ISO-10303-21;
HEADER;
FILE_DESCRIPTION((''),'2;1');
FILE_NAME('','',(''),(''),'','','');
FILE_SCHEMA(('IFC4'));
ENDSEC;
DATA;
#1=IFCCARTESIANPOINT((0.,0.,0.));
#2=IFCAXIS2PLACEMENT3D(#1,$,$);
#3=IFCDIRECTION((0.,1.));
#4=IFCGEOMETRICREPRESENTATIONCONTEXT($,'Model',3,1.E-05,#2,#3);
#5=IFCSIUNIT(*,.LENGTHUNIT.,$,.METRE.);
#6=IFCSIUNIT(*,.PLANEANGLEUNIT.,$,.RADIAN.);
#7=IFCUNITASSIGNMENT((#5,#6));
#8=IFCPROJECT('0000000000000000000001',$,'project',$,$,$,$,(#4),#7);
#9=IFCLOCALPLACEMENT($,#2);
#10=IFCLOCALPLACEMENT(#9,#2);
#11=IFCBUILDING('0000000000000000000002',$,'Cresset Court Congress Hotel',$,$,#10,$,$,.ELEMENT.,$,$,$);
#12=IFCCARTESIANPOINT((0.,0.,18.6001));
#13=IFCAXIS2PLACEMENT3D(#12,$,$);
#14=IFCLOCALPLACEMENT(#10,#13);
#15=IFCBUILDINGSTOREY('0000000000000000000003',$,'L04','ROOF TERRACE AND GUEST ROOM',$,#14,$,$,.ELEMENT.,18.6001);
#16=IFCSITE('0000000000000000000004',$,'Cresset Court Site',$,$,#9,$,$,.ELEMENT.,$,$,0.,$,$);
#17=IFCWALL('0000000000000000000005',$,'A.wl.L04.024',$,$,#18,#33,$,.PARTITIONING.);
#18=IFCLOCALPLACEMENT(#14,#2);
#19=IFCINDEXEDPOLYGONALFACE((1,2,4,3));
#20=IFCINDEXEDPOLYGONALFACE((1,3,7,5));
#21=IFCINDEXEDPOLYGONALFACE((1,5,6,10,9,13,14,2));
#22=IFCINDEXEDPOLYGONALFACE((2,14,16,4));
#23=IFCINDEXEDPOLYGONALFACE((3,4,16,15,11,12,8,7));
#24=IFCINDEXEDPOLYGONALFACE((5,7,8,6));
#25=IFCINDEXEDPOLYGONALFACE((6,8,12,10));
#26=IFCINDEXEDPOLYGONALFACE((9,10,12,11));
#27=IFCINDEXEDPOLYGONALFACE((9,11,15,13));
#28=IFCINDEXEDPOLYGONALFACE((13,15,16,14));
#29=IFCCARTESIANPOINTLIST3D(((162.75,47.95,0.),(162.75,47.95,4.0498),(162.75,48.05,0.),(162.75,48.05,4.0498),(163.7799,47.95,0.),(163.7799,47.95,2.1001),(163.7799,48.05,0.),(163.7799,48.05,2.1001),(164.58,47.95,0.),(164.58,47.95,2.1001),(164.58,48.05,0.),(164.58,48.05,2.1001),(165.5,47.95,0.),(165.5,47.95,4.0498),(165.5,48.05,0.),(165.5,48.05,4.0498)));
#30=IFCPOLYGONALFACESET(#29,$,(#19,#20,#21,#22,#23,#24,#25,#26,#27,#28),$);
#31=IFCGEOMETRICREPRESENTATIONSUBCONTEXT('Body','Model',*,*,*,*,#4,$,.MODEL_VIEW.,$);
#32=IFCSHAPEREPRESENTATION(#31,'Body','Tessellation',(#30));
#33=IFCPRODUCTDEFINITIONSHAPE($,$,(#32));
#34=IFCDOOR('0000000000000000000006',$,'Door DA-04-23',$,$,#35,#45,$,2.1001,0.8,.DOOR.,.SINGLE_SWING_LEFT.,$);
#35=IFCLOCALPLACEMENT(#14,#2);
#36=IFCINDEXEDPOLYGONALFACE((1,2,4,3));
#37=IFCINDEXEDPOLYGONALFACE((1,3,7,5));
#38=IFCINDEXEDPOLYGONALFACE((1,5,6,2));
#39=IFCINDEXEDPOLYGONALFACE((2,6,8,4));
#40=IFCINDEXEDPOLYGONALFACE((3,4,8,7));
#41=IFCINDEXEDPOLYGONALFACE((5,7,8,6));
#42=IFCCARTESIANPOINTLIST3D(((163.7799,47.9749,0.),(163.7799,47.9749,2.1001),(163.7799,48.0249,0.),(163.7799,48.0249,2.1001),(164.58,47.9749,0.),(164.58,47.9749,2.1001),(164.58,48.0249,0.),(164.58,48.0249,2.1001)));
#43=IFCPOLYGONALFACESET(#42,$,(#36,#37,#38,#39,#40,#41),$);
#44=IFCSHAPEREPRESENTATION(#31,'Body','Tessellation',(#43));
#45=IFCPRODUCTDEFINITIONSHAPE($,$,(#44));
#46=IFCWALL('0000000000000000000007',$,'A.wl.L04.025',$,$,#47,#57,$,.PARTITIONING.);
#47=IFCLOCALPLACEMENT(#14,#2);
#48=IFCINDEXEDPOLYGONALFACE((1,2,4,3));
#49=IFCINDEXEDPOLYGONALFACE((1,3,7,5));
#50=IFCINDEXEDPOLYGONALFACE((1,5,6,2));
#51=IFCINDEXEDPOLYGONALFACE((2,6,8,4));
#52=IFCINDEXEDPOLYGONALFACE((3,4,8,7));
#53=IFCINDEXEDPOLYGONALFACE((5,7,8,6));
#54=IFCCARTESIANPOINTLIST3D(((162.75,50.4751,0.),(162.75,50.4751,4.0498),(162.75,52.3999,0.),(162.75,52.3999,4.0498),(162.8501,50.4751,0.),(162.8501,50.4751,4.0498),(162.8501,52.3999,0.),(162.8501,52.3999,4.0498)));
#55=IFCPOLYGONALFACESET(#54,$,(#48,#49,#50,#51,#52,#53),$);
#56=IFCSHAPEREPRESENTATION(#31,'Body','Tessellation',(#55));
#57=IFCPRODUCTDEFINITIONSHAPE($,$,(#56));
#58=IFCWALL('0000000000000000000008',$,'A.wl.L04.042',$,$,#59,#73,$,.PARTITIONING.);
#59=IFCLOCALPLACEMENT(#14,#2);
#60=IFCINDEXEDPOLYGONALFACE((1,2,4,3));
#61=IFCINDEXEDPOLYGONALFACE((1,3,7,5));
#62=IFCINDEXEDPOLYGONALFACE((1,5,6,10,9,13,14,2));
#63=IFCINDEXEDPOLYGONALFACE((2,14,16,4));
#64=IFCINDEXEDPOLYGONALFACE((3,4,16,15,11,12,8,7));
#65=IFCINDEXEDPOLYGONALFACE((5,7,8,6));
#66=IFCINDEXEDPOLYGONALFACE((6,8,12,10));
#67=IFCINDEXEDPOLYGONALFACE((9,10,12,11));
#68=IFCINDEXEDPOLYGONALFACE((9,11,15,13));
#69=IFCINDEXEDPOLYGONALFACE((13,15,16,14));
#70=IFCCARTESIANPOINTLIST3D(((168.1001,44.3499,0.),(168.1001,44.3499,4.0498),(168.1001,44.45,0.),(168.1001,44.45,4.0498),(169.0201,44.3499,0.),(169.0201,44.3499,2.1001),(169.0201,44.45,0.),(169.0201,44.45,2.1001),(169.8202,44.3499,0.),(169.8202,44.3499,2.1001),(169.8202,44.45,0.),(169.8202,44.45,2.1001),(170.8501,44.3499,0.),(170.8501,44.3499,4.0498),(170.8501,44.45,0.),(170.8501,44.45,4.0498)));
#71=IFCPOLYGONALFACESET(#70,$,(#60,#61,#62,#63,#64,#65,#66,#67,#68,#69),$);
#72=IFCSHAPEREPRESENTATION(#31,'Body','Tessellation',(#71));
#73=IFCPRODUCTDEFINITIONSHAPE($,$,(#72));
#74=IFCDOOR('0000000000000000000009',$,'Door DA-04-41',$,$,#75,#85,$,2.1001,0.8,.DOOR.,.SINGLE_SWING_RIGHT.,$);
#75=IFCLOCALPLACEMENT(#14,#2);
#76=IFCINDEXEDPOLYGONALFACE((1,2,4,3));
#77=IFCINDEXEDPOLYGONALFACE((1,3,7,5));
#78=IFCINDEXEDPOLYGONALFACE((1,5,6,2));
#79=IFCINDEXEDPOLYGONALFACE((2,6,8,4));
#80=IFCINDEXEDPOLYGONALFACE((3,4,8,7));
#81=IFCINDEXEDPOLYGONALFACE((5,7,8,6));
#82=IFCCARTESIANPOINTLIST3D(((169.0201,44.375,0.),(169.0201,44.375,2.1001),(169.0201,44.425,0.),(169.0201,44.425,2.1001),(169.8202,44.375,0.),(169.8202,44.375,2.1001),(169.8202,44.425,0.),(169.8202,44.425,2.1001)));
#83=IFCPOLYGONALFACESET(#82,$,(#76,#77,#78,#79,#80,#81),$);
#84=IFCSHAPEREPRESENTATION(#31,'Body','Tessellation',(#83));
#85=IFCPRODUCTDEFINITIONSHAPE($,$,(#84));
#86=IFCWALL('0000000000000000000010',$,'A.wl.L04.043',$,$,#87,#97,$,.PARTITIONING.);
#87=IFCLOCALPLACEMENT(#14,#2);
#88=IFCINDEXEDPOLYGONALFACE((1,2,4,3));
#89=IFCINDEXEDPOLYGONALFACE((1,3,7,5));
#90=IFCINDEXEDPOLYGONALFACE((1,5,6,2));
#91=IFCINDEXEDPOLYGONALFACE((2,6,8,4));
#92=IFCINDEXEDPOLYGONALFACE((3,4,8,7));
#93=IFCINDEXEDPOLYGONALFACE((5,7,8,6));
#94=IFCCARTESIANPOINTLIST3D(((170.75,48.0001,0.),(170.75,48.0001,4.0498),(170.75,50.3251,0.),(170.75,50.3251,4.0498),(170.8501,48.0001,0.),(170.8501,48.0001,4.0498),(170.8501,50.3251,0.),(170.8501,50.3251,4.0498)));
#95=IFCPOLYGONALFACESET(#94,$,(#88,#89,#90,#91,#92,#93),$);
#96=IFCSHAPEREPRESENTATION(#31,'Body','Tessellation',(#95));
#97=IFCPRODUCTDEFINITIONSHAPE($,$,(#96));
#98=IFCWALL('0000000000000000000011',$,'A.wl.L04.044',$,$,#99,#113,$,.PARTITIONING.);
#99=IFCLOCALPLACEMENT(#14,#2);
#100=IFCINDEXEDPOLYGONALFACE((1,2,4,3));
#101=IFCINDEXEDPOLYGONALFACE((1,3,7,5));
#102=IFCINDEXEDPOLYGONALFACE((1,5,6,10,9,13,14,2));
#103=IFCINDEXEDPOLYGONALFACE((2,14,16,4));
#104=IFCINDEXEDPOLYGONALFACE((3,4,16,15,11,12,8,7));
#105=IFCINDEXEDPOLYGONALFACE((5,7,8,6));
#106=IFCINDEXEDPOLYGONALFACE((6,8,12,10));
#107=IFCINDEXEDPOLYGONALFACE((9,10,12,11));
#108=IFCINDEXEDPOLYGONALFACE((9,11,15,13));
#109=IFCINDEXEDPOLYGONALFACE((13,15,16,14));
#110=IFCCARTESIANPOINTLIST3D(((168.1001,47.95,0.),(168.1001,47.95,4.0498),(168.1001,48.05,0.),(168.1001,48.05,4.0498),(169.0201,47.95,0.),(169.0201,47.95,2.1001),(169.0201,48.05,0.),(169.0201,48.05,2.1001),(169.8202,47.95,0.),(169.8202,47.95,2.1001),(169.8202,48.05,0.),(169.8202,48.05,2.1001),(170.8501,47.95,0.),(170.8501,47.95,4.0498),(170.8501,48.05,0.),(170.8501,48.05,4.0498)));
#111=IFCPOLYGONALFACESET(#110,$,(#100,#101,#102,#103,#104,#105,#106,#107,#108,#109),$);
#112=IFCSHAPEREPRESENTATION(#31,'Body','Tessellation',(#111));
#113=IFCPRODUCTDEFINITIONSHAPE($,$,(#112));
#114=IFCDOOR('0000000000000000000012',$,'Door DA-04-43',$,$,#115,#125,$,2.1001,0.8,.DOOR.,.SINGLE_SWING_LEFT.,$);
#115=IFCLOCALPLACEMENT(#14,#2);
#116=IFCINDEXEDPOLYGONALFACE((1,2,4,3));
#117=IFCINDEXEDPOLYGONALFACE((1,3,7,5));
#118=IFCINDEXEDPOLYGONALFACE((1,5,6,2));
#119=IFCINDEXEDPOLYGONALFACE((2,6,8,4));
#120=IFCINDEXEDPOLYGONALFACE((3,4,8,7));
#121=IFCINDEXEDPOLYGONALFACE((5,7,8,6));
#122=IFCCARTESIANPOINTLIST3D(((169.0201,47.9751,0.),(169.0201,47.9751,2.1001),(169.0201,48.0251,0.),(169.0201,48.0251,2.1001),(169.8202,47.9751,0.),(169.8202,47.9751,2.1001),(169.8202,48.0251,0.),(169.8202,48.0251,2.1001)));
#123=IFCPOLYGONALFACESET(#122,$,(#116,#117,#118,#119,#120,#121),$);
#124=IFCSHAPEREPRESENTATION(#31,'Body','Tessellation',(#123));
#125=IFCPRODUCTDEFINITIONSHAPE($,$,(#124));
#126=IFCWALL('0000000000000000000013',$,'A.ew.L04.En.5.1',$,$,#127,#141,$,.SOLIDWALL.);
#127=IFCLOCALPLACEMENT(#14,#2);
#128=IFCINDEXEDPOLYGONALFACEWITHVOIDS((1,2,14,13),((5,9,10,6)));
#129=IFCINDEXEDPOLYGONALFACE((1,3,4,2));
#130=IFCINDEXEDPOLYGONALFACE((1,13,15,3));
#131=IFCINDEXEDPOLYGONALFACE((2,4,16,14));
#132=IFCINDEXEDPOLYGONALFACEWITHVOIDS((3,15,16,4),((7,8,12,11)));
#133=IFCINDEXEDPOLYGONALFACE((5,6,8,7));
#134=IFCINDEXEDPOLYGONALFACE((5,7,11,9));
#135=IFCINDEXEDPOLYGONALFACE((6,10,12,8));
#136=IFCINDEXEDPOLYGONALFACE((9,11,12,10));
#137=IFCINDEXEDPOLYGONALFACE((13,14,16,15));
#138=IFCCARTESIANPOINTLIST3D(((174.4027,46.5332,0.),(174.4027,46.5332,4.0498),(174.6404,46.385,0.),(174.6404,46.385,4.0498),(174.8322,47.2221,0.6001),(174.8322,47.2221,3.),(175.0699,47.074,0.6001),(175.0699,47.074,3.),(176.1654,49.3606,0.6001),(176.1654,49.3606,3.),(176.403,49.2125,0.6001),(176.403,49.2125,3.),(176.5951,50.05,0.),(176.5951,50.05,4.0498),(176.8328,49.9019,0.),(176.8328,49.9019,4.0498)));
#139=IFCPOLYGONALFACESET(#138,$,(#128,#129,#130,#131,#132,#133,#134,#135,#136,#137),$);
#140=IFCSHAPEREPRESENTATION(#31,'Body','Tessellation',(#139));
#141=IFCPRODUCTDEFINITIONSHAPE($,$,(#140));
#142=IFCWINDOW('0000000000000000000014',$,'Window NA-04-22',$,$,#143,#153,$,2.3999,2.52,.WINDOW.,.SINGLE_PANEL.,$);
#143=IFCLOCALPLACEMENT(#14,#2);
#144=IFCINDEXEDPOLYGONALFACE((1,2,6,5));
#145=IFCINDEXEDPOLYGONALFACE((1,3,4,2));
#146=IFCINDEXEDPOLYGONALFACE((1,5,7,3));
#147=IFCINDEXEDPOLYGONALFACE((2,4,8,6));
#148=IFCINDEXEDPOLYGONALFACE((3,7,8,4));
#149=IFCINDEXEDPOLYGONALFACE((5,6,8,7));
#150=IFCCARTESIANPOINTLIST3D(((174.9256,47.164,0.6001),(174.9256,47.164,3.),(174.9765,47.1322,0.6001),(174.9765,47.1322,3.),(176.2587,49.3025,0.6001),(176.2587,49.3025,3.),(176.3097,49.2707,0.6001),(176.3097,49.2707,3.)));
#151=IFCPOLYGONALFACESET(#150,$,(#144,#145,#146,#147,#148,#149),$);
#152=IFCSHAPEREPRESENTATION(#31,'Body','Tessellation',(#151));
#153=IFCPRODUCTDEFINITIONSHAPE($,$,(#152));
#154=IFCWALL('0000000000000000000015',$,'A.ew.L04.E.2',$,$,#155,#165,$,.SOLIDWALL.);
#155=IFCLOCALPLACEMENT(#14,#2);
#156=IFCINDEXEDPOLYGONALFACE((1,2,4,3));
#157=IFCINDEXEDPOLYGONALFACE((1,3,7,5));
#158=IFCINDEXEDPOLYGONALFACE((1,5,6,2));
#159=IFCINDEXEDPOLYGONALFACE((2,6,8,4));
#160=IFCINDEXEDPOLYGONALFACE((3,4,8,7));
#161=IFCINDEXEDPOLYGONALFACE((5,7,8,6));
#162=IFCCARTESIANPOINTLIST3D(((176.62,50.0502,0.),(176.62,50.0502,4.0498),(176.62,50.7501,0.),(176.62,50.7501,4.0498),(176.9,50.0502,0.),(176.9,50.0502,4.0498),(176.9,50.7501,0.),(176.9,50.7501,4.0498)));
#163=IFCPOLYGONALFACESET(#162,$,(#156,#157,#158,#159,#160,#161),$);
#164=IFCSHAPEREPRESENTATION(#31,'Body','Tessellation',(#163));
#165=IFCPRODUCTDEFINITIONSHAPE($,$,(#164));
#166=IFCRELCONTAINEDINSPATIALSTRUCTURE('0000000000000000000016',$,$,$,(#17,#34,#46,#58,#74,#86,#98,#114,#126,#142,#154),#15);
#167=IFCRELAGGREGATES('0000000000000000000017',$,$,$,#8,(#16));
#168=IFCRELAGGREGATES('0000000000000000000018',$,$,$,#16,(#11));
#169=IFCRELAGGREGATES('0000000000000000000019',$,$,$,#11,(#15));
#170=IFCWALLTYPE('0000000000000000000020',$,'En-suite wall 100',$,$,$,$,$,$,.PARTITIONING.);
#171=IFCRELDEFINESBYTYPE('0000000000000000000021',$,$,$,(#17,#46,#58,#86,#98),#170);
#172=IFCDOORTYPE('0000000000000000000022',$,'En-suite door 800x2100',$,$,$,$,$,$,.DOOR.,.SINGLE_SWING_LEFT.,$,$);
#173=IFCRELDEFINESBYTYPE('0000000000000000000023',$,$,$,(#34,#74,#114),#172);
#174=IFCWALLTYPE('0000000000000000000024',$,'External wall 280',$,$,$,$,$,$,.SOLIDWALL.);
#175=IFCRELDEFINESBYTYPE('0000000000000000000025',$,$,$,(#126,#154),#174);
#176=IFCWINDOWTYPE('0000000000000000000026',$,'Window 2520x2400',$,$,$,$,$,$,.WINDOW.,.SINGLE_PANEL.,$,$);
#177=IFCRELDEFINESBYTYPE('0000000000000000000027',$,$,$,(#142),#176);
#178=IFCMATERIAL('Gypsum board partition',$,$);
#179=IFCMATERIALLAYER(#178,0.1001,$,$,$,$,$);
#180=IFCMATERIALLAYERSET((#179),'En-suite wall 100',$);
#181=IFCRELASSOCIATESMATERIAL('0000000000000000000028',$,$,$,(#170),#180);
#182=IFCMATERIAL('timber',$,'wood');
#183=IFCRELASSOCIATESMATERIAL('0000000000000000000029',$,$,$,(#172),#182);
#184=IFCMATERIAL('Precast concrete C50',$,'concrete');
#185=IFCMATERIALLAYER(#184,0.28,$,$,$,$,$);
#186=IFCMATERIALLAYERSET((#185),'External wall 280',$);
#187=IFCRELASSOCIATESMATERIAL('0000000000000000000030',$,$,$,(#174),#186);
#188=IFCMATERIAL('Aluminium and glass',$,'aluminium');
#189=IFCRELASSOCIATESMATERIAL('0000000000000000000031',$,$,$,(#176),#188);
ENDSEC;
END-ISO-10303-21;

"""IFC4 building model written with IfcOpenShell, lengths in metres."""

from ifc_helpers import new_model, si_unit, direction, frame, frame_2d, origin, place, context, subcontext, project, spatial, rectangle, extrude, material, layer, layer_set, type_object, element, fill, save


model = new_model("IFC4")

# Units and contexts
model_context = context("Model", 3, precision=1e-05, world=origin(), true_north=direction((0.0, 1.0)))
body_context = subcontext(model_context, "Body", "Model", "MODEL_VIEW")
ifc_project = project(units=[si_unit("LENGTHUNIT", "METRE"), si_unit("PLANEANGLEUNIT", "RADIAN")], contexts=[model_context])

# Site, building, storey
site_placement = place(None, origin())
site = spatial("IfcSite", under=ifc_project, at=site_placement, Name="Cresset Court Site", CompositionType="ELEMENT", RefElevation=0.0)
building_placement = place(site_placement, origin())
building = spatial("IfcBuilding", under=site, at=building_placement, Name="Cresset Court Congress Hotel", CompositionType="ELEMENT")
storey_placement = place(building_placement, frame((0.0, 0.0, 18.6001)))
storey = spatial("IfcBuildingStorey", under=building, at=storey_placement, Name="L04", Description="ROOF TERRACE AND GUEST ROOM", CompositionType="ELEMENT", Elevation=18.6001)

# Shared definitions
ifc_material_1 = material(Name="Gypsum board partition")
ifc_layer_1 = layer(ifc_material_1, 0.1001)
ifc_layer_set_1 = layer_set([ifc_layer_1], Name="En-suite wall 100")
wall_type_1 = type_object("IfcWallType", Name="En-suite wall 100", PredefinedType="PARTITIONING", material=ifc_layer_set_1)
ifc_material_2 = material(Name="timber", Category="wood")
door_type = type_object("IfcDoorType", Name="En-suite door 800x2100", OperationType="SINGLE_SWING_LEFT", PredefinedType="DOOR", material=ifc_material_2)

# Wall, opening, door
wall_1_placement = place(storey_placement, frame((162.75, 48.0, 0.0), z_axis=(0.0, 0.0, 1.0), x_axis=(1.0, 0.0, 0.0)))
wall_1 = element("IfcWall", 1, at=wall_1_placement, inside=storey, type_object=wall_type_1, Name="A.wl.L04.024", PredefinedType="PARTITIONING", context=body_context, shape_type="SweptSolid", body=[
    extrude(rectangle(XDim=2.75, YDim=0.1001, at=frame_2d((1.375, 0.0))), origin(), (0.0, 0.0, 1.0), 4.0498),
])
opening_1_placement = place(wall_1_placement, frame((1.03, 0.0, 0.0)))
opening_1 = element("IfcOpeningElement", 2, at=opening_1_placement, cuts=wall_1, PredefinedType="OPENING", context=body_context, shape_type="SweptSolid", body=[
    extrude(rectangle(XDim=0.8, YDim=2.1001, at=frame_2d((0.3999, 1.05))), frame((0.0, 0.0601, 0.0), z_axis=(0.0, -1.0, 0.0), x_axis=(1.0, 0.0, 0.0)), (0.0, 0.0, 1.0), 0.1201),
])
door_1_placement = place(opening_1_placement, origin())
door_1 = element("IfcDoor", 3, at=door_1_placement, inside=storey, type_object=door_type, Name="Door DA-04-23", OperationType="SINGLE_SWING_LEFT", OverallHeight=2.1001, OverallWidth=0.8, PredefinedType="DOOR", context=body_context, shape_type="SweptSolid", body=[
    extrude(rectangle(XDim=0.8, YDim=2.1001, at=frame_2d((0.3999, 1.05))), frame((0.0, 0.0249, 0.0), z_axis=(0.0, -1.0, 0.0), x_axis=(1.0, 0.0, 0.0)), (0.0, 0.0, 1.0), 0.05),
])
fill(opening_1, door_1)

# Wall
wall_2_placement = place(storey_placement, frame((162.8, 50.4751, 0.0), z_axis=(0.0, 0.0, 1.0), x_axis=(0.0, 1.0, 0.0)))
element("IfcWall", 4, at=wall_2_placement, inside=storey, type_object=wall_type_1, Name="A.wl.L04.025", PredefinedType="PARTITIONING", context=body_context, shape_type="SweptSolid", body=[
    extrude(rectangle(XDim=1.9248, YDim=0.1001, at=frame_2d((0.9624, 0.0))), origin(), (0.0, 0.0, 1.0), 4.0498),
])

# Wall, opening, door
wall_3_placement = place(storey_placement, frame((170.8501, 44.3999, 0.0), z_axis=(0.0, 0.0, 1.0), x_axis=(-1.0, 0.0, 0.0)))
wall_3 = element("IfcWall", 5, at=wall_3_placement, inside=storey, type_object=wall_type_1, Name="A.wl.L04.042", PredefinedType="PARTITIONING", context=body_context, shape_type="SweptSolid", body=[
    extrude(rectangle(XDim=2.75, YDim=0.1001, at=frame_2d((1.375, 0.0))), origin(), (0.0, 0.0, 1.0), 4.0498),
])
opening_2_placement = place(wall_3_placement, frame((1.03, 0.0, 0.0)))
opening_2 = element("IfcOpeningElement", 6, at=opening_2_placement, cuts=wall_3, PredefinedType="OPENING", context=body_context, shape_type="SweptSolid", body=[
    extrude(rectangle(XDim=0.8, YDim=2.1001, at=frame_2d((0.3999, 1.05))), frame((0.0, 0.0601, 0.0), z_axis=(0.0, -1.0, 0.0), x_axis=(1.0, 0.0, 0.0)), (0.0, 0.0, 1.0), 0.1201),
])
door_2_placement = place(opening_2_placement, origin())
door_2 = element("IfcDoor", 7, at=door_2_placement, inside=storey, type_object=door_type, Name="Door DA-04-41", OperationType="SINGLE_SWING_RIGHT", OverallHeight=2.1001, OverallWidth=0.8, PredefinedType="DOOR", context=body_context, shape_type="SweptSolid", body=[
    extrude(rectangle(XDim=0.8, YDim=2.1001, at=frame_2d((0.3999, 1.05))), frame((0.0, 0.0249, 0.0), z_axis=(0.0, -1.0, 0.0), x_axis=(1.0, 0.0, 0.0)), (0.0, 0.0, 1.0), 0.05),
])
fill(opening_2, door_2)

# Wall
wall_4_placement = place(storey_placement, frame((170.8, 48.0, 0.0), z_axis=(0.0, 0.0, 1.0), x_axis=(0.0, 1.0, 0.0)))
element("IfcWall", 8, at=wall_4_placement, inside=storey, type_object=wall_type_1, Name="A.wl.L04.043", PredefinedType="PARTITIONING", context=body_context, shape_type="SweptSolid", body=[
    extrude(rectangle(XDim=2.325, YDim=0.1001, at=frame_2d((1.1626, 0.0))), origin(), (0.0, 0.0, 1.0), 4.0498),
])

# Wall, opening, door
wall_5_placement = place(storey_placement, frame((170.8501, 48.0, 0.0), z_axis=(0.0, 0.0, 1.0), x_axis=(-1.0, 0.0, 0.0)))
wall_5 = element("IfcWall", 9, at=wall_5_placement, inside=storey, type_object=wall_type_1, Name="A.wl.L04.044", PredefinedType="PARTITIONING", context=body_context, shape_type="SweptSolid", body=[
    extrude(rectangle(XDim=2.75, YDim=0.1001, at=frame_2d((1.375, 0.0))), origin(), (0.0, 0.0, 1.0), 4.0498),
])
opening_3_placement = place(wall_5_placement, frame((1.03, 0.0, 0.0)))
opening_3 = element("IfcOpeningElement", 10, at=opening_3_placement, cuts=wall_5, PredefinedType="OPENING", context=body_context, shape_type="SweptSolid", body=[
    extrude(rectangle(XDim=0.8, YDim=2.1001, at=frame_2d((0.3999, 1.05))), frame((0.0, 0.0601, 0.0), z_axis=(0.0, -1.0, 0.0), x_axis=(1.0, 0.0, 0.0)), (0.0, 0.0, 1.0), 0.1201),
])
door_3_placement = place(opening_3_placement, origin())
door_3 = element("IfcDoor", 11, at=door_3_placement, inside=storey, type_object=door_type, Name="Door DA-04-43", OperationType="SINGLE_SWING_LEFT", OverallHeight=2.1001, OverallWidth=0.8, PredefinedType="DOOR", context=body_context, shape_type="SweptSolid", body=[
    extrude(rectangle(XDim=0.8, YDim=2.1001, at=frame_2d((0.3999, 1.05))), frame((0.0, 0.0249, 0.0), z_axis=(0.0, -1.0, 0.0), x_axis=(1.0, 0.0, 0.0)), (0.0, 0.0, 1.0), 0.05),
])
fill(opening_3, door_3)

# Wall, opening, window
ifc_material_3 = material(Name="Precast concrete C50", Category="concrete")
ifc_layer_2 = layer(ifc_material_3, 0.28)
ifc_layer_set_2 = layer_set([ifc_layer_2], Name="External wall 280")
wall_type_2 = type_object("IfcWallType", Name="External wall 280", PredefinedType="SOLIDWALL", material=ifc_layer_set_2)
wall_6_placement = place(storey_placement, frame((174.5215, 46.459, 0.0), z_axis=(0.0, 0.0, 1.0), x_axis=(0.529019, 0.84861, 0.0)))
wall_6 = element("IfcWall", 12, at=wall_6_placement, inside=storey, type_object=wall_type_2, Name="A.ew.L04.En.5.1", PredefinedType="SOLIDWALL", context=body_context, shape_type="SweptSolid", body=[
    extrude(rectangle(XDim=4.1443, YDim=0.28, at=frame_2d((2.0723, 0.0))), origin(), (0.0, 0.0, 1.0), 4.0498),
])
opening_4_placement = place(wall_6_placement, frame((0.812, 0.0, 0.6001)))
opening_4 = element("IfcOpeningElement", 13, at=opening_4_placement, cuts=wall_6, PredefinedType="OPENING", context=body_context, shape_type="SweptSolid", body=[
    extrude(rectangle(XDim=2.52, YDim=2.3999, at=frame_2d((1.26, 1.2))), frame((0.0, 0.1499, 0.0), z_axis=(0.0, -1.0, 0.0), x_axis=(1.0, 0.0, 0.0)), (0.0, 0.0, 1.0), 0.3),
])
ifc_material_4 = material(Name="Aluminium and glass", Category="aluminium")
window_type = type_object("IfcWindowType", Name="Window 2520x2400", PartitioningType="SINGLE_PANEL", PredefinedType="WINDOW", material=ifc_material_4)
window_placement = place(opening_4_placement, origin())
window = element("IfcWindow", 14, at=window_placement, inside=storey, type_object=window_type, Name="Window NA-04-22", OverallHeight=2.3999, OverallWidth=2.52, PartitioningType="SINGLE_PANEL", PredefinedType="WINDOW", context=body_context, shape_type="SweptSolid", body=[
    extrude(rectangle(XDim=2.52, YDim=2.3999, at=frame_2d((1.26, 1.2))), frame((0.0, 0.03, 0.0), z_axis=(0.0, -1.0, 0.0), x_axis=(1.0, 0.0, 0.0)), (0.0, 0.0, 1.0), 0.0601),
])
fill(opening_4, window)

# Wall
wall_7_placement = place(storey_placement, frame((176.76, 50.05, 0.0), z_axis=(0.0, 0.0, 1.0), x_axis=(0.0, 1.0, 0.0)))
element("IfcWall", 15, at=wall_7_placement, inside=storey, type_object=wall_type_2, Name="A.ew.L04.E.2", PredefinedType="SOLIDWALL", context=body_context, shape_type="SweptSolid", body=[
    extrude(rectangle(XDim=0.7, YDim=0.28, at=frame_2d((0.3501, 0.0))), origin(), (0.0, 0.0, 1.0), 4.0498),
])

save(model, "model.ifc")
